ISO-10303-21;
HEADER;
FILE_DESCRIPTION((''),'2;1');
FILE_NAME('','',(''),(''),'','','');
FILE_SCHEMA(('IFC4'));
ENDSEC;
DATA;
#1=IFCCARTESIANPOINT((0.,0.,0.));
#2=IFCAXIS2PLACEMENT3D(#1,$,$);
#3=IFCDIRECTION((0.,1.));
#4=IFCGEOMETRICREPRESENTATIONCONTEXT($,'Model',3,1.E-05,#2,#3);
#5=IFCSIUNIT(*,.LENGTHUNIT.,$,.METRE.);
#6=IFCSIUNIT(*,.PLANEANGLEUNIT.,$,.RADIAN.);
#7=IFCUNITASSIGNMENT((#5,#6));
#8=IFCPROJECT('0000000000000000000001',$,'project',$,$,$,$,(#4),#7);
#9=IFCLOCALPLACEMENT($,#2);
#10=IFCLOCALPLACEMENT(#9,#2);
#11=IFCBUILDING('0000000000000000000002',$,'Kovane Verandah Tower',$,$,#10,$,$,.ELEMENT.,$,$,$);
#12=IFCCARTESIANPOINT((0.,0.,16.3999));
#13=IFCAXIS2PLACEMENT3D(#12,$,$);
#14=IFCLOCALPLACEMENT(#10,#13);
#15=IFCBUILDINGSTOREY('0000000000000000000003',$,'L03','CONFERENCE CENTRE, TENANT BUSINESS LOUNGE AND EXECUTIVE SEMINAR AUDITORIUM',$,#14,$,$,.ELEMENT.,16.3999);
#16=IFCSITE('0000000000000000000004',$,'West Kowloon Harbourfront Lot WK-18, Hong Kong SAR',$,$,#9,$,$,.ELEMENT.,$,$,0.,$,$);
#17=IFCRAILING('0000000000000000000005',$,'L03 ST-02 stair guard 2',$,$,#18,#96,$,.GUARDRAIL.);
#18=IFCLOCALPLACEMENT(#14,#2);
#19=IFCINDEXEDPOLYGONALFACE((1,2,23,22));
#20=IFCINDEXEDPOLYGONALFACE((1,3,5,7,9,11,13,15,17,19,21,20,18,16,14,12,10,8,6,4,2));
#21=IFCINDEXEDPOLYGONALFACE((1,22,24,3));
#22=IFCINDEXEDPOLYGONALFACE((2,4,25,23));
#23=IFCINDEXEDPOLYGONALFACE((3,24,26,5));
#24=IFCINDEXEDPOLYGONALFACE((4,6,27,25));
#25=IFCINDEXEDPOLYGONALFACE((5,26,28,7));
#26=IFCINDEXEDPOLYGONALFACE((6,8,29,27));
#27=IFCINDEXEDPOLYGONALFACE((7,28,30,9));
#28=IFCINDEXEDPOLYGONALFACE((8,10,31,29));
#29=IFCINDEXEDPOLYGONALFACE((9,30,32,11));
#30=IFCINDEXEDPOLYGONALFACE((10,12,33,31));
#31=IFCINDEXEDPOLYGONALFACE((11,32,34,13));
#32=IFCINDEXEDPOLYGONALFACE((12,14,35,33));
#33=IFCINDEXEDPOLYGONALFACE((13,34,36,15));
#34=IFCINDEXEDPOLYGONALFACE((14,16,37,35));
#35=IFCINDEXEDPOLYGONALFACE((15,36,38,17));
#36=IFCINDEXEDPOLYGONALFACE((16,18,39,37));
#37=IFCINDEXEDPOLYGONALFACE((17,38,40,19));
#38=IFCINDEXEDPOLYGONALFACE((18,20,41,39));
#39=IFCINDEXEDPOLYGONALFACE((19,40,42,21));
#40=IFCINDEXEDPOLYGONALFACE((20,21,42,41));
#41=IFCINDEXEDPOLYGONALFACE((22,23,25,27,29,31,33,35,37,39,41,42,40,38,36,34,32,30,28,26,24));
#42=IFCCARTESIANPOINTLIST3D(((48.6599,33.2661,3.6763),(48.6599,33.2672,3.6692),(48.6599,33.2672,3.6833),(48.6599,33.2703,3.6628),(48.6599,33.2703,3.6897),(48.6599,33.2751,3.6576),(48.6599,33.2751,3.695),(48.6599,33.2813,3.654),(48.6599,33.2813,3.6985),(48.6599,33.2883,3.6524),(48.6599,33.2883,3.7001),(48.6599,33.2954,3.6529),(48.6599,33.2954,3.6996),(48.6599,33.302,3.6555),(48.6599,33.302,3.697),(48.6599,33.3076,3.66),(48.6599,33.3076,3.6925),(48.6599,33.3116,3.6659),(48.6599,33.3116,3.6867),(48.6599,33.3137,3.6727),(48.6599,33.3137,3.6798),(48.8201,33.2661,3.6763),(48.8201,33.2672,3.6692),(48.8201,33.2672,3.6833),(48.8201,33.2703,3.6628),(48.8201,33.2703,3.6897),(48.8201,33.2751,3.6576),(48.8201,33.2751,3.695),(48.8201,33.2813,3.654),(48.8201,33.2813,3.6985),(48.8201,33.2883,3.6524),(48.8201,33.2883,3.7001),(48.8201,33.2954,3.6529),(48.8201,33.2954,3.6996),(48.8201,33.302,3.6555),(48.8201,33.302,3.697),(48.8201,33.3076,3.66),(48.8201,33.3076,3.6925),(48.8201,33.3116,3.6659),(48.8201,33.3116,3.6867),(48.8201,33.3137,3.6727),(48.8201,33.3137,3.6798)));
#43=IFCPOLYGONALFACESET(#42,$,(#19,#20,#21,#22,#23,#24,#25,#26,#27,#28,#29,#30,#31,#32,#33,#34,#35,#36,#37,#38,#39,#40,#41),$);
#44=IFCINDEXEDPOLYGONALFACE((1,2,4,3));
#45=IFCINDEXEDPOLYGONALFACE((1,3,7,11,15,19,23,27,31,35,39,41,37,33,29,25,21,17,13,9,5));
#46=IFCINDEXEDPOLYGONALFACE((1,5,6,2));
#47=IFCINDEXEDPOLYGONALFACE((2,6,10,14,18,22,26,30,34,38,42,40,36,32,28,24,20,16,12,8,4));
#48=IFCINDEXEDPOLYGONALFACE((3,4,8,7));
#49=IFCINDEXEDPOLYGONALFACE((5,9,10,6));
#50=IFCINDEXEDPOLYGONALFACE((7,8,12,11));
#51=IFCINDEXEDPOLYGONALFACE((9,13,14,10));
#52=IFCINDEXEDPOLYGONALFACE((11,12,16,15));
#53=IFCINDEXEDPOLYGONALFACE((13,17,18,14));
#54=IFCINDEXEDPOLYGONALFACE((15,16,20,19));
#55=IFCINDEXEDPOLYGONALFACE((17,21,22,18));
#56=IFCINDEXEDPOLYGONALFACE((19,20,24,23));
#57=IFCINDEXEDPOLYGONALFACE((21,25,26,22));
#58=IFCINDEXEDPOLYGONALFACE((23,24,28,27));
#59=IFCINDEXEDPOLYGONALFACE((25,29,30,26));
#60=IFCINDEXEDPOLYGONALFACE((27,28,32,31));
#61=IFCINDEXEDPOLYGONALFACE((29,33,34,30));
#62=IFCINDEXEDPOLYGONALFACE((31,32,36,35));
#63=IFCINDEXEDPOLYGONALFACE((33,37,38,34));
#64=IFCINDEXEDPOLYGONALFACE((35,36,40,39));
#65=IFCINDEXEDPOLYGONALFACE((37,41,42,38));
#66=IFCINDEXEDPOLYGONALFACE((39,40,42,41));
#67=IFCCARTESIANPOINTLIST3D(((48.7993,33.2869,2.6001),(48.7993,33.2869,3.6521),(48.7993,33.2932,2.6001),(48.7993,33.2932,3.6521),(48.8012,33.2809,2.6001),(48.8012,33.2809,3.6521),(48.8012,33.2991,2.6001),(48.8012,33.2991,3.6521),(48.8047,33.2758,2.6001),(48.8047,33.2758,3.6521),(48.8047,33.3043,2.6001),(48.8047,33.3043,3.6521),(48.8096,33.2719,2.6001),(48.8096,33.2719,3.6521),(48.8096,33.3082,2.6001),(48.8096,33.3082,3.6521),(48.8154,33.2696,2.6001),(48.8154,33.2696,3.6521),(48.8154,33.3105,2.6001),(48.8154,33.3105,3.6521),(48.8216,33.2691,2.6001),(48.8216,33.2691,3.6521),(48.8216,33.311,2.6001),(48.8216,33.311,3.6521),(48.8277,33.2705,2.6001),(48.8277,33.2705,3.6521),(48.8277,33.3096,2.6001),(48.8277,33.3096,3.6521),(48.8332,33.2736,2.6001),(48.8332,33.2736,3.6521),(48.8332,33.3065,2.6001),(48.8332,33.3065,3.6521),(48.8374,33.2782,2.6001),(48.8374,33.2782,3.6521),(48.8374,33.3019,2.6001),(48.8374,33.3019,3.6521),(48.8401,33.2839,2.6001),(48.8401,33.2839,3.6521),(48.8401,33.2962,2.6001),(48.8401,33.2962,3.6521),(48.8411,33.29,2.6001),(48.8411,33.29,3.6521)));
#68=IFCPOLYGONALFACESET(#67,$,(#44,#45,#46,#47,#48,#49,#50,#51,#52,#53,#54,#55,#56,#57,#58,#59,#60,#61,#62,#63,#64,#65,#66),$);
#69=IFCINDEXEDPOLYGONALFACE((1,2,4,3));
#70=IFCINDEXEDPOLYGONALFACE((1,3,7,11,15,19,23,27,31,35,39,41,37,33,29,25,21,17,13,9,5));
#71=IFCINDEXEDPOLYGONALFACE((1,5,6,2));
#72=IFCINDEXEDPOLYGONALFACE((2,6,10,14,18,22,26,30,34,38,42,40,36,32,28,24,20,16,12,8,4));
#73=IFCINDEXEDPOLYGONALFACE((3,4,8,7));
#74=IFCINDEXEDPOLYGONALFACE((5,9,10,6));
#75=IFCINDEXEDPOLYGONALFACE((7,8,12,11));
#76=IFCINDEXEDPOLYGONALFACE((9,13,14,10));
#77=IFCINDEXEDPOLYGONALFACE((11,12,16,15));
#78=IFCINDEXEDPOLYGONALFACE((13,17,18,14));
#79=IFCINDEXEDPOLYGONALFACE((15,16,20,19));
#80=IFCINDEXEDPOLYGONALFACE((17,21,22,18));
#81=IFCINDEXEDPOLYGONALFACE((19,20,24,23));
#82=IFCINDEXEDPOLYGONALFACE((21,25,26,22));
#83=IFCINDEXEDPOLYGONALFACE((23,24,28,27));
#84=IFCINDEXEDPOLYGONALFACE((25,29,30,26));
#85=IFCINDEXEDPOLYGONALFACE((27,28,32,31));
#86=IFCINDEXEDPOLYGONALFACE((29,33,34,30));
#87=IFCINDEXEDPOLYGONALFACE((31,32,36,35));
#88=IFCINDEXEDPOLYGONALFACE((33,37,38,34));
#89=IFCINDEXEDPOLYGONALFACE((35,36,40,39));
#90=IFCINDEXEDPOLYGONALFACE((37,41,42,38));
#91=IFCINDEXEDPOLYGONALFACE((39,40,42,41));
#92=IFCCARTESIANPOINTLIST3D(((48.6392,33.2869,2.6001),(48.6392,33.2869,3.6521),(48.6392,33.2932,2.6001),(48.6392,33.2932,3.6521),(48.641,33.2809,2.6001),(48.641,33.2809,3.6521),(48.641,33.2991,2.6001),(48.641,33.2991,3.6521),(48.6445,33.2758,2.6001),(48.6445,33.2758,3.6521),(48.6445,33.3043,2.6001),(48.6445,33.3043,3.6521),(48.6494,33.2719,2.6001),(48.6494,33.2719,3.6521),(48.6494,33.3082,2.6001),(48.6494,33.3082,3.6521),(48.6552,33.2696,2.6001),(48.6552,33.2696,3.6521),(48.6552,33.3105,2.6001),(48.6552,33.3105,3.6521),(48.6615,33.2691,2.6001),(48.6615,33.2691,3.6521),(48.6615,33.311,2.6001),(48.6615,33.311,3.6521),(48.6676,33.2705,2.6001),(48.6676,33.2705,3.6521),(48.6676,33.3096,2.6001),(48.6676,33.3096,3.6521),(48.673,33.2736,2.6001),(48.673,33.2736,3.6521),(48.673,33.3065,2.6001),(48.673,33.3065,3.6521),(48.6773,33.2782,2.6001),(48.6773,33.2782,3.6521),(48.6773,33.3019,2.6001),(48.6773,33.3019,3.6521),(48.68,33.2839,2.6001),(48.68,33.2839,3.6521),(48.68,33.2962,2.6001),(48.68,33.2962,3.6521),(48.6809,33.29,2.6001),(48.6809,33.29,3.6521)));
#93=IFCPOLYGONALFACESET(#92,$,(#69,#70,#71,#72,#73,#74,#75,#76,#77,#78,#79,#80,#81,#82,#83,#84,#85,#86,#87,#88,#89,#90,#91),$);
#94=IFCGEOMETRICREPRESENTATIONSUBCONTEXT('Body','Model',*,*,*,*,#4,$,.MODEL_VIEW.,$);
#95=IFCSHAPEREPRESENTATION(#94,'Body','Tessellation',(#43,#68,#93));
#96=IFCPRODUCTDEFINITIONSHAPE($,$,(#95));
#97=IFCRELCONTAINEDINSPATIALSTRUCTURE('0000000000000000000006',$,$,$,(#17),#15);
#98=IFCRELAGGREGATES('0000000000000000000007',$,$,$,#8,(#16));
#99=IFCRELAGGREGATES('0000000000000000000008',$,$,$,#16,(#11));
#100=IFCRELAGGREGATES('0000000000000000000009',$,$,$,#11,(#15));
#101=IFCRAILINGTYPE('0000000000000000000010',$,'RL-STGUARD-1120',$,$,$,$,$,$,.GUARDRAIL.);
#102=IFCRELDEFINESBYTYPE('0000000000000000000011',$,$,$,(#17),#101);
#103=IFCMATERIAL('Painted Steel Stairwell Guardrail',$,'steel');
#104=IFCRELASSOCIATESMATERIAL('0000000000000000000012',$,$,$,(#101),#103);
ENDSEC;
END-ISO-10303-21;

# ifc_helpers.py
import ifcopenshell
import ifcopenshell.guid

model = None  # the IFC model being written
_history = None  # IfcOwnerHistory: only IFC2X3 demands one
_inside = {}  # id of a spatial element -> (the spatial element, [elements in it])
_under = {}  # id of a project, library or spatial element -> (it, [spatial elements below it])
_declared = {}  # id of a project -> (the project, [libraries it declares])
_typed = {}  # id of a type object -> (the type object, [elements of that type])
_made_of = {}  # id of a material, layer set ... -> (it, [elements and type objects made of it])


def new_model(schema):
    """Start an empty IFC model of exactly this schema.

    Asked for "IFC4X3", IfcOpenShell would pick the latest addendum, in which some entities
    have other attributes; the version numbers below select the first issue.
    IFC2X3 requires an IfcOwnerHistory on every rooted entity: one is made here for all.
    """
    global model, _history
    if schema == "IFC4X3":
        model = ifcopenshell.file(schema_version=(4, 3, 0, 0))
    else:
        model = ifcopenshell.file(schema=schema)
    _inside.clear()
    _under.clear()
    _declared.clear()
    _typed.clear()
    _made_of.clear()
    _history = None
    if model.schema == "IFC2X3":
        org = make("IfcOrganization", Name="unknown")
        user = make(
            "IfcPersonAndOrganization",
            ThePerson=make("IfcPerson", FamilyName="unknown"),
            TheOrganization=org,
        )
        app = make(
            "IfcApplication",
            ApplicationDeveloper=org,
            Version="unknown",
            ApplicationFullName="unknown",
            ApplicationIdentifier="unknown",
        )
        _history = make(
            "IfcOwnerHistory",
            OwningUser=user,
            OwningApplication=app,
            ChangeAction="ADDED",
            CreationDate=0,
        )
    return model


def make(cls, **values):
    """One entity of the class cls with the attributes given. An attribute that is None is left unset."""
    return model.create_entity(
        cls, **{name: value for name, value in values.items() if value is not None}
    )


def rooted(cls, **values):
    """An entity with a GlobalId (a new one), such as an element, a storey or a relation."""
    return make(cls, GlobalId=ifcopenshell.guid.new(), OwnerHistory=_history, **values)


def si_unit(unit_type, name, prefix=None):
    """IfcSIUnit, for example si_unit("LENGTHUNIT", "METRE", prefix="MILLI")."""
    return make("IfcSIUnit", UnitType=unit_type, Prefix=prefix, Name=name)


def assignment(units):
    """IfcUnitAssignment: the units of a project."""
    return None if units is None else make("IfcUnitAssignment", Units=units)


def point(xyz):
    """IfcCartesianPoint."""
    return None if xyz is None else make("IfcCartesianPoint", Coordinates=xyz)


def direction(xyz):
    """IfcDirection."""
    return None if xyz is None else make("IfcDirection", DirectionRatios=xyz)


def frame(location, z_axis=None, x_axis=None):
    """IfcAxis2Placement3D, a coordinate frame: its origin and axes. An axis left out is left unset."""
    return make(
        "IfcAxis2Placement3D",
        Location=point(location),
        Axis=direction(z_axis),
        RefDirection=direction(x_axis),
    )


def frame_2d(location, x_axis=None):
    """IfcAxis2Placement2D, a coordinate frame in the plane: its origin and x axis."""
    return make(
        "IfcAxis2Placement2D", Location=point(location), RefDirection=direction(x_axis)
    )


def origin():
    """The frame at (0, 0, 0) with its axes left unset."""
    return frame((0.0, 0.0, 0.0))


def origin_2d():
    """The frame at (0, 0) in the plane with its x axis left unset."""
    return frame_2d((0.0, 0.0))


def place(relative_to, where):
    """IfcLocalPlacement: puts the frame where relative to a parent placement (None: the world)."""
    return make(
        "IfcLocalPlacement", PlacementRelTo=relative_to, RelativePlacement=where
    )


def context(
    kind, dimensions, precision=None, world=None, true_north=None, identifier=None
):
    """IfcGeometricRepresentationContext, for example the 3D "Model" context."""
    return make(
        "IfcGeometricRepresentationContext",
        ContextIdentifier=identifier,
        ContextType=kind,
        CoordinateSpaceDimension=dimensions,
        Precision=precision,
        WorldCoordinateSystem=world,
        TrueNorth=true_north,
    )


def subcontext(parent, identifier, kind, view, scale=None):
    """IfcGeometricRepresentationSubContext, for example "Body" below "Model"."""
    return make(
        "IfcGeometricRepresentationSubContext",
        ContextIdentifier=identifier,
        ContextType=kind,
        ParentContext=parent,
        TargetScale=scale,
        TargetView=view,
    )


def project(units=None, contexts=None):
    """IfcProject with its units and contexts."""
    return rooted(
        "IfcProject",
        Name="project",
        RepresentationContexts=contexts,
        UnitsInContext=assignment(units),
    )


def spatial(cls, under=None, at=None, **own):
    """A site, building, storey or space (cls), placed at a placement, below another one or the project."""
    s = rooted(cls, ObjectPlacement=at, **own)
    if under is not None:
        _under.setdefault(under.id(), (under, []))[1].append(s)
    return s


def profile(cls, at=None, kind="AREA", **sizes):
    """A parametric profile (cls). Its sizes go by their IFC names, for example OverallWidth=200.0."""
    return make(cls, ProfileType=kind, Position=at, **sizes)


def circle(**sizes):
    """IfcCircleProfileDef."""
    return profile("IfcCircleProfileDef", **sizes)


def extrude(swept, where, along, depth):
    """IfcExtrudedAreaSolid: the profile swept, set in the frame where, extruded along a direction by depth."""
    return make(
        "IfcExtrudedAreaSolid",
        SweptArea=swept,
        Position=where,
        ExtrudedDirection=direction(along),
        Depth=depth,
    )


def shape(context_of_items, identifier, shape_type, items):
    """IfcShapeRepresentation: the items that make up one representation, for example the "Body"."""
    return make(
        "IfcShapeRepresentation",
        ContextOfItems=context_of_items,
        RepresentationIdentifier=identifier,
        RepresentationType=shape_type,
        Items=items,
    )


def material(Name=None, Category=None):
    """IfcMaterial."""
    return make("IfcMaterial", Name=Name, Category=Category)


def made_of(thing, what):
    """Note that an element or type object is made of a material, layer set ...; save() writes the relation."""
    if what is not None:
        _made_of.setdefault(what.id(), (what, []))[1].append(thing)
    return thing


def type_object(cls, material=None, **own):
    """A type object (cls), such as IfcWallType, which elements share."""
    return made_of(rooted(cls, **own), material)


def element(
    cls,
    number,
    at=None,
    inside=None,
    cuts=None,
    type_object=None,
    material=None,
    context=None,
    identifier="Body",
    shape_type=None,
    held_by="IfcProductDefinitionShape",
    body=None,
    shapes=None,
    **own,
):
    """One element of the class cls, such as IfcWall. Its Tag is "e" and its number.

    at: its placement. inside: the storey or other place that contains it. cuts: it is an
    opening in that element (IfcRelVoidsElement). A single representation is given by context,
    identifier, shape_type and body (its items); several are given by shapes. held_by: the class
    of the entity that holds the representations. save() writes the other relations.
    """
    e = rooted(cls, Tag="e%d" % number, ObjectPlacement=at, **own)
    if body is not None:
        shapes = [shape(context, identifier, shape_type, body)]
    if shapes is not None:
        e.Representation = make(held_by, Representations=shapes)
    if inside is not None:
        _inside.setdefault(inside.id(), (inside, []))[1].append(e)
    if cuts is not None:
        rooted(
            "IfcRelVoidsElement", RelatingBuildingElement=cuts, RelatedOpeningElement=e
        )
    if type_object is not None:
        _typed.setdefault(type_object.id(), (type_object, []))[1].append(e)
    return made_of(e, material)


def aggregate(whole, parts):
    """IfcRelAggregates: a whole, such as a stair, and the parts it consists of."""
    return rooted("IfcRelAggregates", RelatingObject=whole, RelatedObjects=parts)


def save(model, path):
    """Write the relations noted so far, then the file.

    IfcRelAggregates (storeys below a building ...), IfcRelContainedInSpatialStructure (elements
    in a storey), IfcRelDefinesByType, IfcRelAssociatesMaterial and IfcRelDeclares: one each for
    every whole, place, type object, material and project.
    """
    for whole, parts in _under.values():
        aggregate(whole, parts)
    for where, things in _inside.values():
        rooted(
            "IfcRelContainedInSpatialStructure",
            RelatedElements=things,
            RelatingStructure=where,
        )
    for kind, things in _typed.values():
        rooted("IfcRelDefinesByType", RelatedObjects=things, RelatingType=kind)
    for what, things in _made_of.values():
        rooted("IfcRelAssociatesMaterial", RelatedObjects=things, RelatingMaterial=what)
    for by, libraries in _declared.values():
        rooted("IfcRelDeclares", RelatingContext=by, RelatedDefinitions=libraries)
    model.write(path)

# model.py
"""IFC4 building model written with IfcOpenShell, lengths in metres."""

from ifc_helpers import new_model, si_unit, direction, frame, origin, origin_2d, place, context, subcontext, project, spatial, circle, extrude, material, type_object, element, save


model = new_model("IFC4")

# Units and contexts
model_context = context("Model", 3, precision=1e-05, world=origin(), true_north=direction((0.0, 1.0)))
body_context = subcontext(model_context, "Body", "Model", "MODEL_VIEW")
ifc_project = project(units=[si_unit("LENGTHUNIT", "METRE"), si_unit("PLANEANGLEUNIT", "RADIAN")], contexts=[model_context])

# Site, building, storey
site_placement = place(None, origin())
site = spatial("IfcSite", under=ifc_project, at=site_placement, Name="West Kowloon Harbourfront Lot WK-18, Hong Kong SAR", CompositionType="ELEMENT", RefElevation=0.0)
building_placement = place(site_placement, origin())
building = spatial("IfcBuilding", under=site, at=building_placement, Name="Kovane Verandah Tower", CompositionType="ELEMENT")
storey_placement = place(building_placement, frame((0.0, 0.0, 16.3999)))
storey = spatial("IfcBuildingStorey", under=building, at=storey_placement, Name="L03", Description="CONFERENCE CENTRE, TENANT BUSINESS LOUNGE AND EXECUTIVE SEMINAR AUDITORIUM", CompositionType="ELEMENT", Elevation=16.3999)

# Railing
ifc_material_1 = material(Name="Painted Steel Stairwell Guardrail", Category="steel")
railing_type_1 = type_object("IfcRailingType", Name="RL-STGUARD-1120", PredefinedType="GUARDRAIL", material=ifc_material_1)
railing_1_placement = place(storey_placement, frame((48.8201, 33.29, 2.6001)))
element("IfcRailing", 1, at=railing_1_placement, inside=storey, type_object=railing_type_1, Name="L03 ST-02 stair guard 2", PredefinedType="GUARDRAIL", context=body_context, shape_type="SweptSolid", body=[
    extrude(circle(Radius=0.0239, at=origin_2d()), frame((0.0, 0.0, 1.0762), z_axis=(-1.0, 0.0, 0.0), x_axis=(0.0, -1.0, 0.0)), (0.0, 0.0, 1.0), 0.1602),
    extrude(circle(Radius=0.021, at=origin_2d()), origin(), (0.0, 0.0, 1.0), 1.052),
    extrude(circle(Radius=0.021, at=origin_2d()), frame((-0.1602, 0.0, 0.0)), (0.0, 0.0, 1.0), 1.052),
])

save(model, "model.ifc")
